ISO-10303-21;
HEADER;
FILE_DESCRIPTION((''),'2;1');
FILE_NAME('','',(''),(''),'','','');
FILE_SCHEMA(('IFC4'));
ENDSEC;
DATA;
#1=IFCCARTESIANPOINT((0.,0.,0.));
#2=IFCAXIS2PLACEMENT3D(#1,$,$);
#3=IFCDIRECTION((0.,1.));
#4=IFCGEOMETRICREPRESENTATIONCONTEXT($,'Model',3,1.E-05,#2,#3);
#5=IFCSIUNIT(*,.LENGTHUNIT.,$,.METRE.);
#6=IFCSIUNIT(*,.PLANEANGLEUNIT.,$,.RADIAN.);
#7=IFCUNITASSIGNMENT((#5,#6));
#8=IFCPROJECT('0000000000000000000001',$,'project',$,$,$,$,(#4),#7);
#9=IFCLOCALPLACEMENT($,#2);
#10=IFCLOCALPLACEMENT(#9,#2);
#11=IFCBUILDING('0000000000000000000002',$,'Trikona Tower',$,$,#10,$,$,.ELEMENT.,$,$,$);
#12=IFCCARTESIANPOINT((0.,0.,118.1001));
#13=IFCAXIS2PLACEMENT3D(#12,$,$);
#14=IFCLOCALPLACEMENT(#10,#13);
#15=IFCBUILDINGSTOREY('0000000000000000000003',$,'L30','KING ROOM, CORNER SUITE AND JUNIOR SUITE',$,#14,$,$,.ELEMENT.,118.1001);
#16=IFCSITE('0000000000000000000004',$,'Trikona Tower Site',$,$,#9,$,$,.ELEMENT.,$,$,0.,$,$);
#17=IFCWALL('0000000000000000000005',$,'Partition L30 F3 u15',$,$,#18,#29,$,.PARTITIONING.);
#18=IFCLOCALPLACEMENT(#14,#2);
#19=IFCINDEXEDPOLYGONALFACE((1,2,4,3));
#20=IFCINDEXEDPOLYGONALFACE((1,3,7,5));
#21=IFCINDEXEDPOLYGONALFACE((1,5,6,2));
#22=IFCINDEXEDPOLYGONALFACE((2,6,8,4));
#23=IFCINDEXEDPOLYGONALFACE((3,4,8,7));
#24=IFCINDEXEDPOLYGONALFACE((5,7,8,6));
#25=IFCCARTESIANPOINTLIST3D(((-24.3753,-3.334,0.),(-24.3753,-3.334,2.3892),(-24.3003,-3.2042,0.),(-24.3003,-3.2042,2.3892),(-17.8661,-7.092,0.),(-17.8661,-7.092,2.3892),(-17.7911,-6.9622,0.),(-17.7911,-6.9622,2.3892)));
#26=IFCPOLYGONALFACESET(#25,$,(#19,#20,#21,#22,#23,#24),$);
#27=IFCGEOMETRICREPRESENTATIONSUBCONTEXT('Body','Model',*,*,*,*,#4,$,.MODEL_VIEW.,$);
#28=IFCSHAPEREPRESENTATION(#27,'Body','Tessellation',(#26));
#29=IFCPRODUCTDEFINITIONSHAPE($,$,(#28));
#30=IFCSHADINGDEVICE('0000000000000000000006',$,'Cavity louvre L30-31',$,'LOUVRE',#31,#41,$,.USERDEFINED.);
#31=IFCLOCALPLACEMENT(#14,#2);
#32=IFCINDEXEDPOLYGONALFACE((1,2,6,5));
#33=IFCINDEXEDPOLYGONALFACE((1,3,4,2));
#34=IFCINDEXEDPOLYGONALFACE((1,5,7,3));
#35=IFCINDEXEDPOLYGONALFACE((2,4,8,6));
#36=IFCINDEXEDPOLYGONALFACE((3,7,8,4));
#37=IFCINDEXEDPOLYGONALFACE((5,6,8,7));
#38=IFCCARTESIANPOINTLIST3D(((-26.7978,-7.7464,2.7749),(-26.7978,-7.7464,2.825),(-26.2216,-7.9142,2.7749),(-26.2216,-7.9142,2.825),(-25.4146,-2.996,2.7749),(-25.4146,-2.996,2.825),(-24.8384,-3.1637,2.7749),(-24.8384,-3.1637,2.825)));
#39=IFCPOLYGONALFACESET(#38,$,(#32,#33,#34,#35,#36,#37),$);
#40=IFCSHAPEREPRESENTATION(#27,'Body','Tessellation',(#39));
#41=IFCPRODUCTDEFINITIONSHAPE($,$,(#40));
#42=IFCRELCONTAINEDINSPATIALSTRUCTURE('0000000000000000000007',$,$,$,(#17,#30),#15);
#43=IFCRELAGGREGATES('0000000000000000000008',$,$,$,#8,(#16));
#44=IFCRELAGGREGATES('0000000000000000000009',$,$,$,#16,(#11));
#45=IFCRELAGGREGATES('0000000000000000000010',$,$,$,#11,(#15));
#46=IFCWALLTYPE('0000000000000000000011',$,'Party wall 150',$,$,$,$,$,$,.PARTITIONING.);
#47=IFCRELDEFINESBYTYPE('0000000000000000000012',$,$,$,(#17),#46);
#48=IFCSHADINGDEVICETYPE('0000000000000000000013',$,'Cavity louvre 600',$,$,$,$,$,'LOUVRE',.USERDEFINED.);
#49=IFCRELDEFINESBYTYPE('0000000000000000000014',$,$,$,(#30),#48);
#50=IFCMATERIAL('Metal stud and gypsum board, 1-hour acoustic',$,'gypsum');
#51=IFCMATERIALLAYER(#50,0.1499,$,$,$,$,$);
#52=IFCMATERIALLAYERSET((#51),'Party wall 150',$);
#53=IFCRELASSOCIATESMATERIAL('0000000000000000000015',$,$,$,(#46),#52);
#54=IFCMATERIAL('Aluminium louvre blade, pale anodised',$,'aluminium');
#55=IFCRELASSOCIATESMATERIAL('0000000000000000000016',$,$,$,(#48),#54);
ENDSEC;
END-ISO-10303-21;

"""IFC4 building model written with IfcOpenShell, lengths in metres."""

from ifc_helpers import new_model, si_unit, direction, frame, frame_2d, origin, origin_2d, place, context, subcontext, project, spatial, rectangle, extrude, material, layer, layer_set, type_object, element, save


model = new_model("IFC4")

# Units and contexts
model_context = context("Model", 3, precision=1e-05, world=origin(), true_north=direction((0.0, 1.0)))
body_context = subcontext(model_context, "Body", "Model", "MODEL_VIEW")
ifc_project = project(units=[si_unit("LENGTHUNIT", "METRE"), si_unit("PLANEANGLEUNIT", "RADIAN")], contexts=[model_context])

# Site, building, storey
site_placement = place(None, origin())
site = spatial("IfcSite", under=ifc_project, at=site_placement, Name="Trikona Tower Site", CompositionType="ELEMENT", RefElevation=0.0)
building_placement = place(site_placement, origin())
building = spatial("IfcBuilding", under=site, at=building_placement, Name="Trikona Tower", CompositionType="ELEMENT")
storey_placement = place(building_placement, frame((0.0, 0.0, 118.1001)))
storey = spatial("IfcBuildingStorey", under=building, at=storey_placement, Name="L30", Description="KING ROOM, CORNER SUITE AND JUNIOR SUITE", CompositionType="ELEMENT", Elevation=118.1001)

# Wall
ifc_material_1 = material(Name="Metal stud and gypsum board, 1-hour acoustic", Category="gypsum")
ifc_layer_1 = layer(ifc_material_1, 0.1499)
ifc_layer_set_1 = layer_set([ifc_layer_1], Name="Party wall 150")
wall_type_1 = type_object("IfcWallType", Name="Party wall 150", PredefinedType="PARTITIONING", material=ifc_layer_set_1)
wall_1_placement = place(storey_placement, frame((-17.8286, -7.0271, 0.0), z_axis=(0.0, 0.0, 1.0), x_axis=(-0.86603, 0.499992, 0.0)))
element("IfcWall", 1, at=wall_1_placement, inside=storey, type_object=wall_type_1, Name="Partition L30 F3 u15", PredefinedType="PARTITIONING", context=body_context, shape_type="SweptSolid", body=[
    extrude(rectangle(XDim=7.5161, YDim=0.1499, at=frame_2d((3.7581, 0.0))), origin(), (0.0, 0.0, 1.0), 2.3892),
])

# Shading device
ifc_material_2 = material(Name="Aluminium louvre blade, pale anodised", Category="aluminium")
shading_device_type = type_object("IfcShadingDeviceType", Name="Cavity louvre 600", ElementType="LOUVRE", PredefinedType="USERDEFINED", material=ifc_material_2)
shading_device_placement = place(storey_placement, frame((-25.8181, -5.4551, 2.7749), z_axis=(0.0, 0.0, 1.0), x_axis=(-0.279554, -0.96013, 0.0)))
element("IfcShadingDevice", 2, at=shading_device_placement, inside=storey, type_object=shading_device_type, Name="Cavity louvre L30-31", ObjectType="LOUVRE", PredefinedType="USERDEFINED", context=body_context, shape_type="SweptSolid", body=[
    extrude(rectangle(XDim=4.9478, YDim=0.6001, at=origin_2d()), origin(), (0.0, 0.0, 1.0), 0.05),
])

save(model, "model.ifc")
